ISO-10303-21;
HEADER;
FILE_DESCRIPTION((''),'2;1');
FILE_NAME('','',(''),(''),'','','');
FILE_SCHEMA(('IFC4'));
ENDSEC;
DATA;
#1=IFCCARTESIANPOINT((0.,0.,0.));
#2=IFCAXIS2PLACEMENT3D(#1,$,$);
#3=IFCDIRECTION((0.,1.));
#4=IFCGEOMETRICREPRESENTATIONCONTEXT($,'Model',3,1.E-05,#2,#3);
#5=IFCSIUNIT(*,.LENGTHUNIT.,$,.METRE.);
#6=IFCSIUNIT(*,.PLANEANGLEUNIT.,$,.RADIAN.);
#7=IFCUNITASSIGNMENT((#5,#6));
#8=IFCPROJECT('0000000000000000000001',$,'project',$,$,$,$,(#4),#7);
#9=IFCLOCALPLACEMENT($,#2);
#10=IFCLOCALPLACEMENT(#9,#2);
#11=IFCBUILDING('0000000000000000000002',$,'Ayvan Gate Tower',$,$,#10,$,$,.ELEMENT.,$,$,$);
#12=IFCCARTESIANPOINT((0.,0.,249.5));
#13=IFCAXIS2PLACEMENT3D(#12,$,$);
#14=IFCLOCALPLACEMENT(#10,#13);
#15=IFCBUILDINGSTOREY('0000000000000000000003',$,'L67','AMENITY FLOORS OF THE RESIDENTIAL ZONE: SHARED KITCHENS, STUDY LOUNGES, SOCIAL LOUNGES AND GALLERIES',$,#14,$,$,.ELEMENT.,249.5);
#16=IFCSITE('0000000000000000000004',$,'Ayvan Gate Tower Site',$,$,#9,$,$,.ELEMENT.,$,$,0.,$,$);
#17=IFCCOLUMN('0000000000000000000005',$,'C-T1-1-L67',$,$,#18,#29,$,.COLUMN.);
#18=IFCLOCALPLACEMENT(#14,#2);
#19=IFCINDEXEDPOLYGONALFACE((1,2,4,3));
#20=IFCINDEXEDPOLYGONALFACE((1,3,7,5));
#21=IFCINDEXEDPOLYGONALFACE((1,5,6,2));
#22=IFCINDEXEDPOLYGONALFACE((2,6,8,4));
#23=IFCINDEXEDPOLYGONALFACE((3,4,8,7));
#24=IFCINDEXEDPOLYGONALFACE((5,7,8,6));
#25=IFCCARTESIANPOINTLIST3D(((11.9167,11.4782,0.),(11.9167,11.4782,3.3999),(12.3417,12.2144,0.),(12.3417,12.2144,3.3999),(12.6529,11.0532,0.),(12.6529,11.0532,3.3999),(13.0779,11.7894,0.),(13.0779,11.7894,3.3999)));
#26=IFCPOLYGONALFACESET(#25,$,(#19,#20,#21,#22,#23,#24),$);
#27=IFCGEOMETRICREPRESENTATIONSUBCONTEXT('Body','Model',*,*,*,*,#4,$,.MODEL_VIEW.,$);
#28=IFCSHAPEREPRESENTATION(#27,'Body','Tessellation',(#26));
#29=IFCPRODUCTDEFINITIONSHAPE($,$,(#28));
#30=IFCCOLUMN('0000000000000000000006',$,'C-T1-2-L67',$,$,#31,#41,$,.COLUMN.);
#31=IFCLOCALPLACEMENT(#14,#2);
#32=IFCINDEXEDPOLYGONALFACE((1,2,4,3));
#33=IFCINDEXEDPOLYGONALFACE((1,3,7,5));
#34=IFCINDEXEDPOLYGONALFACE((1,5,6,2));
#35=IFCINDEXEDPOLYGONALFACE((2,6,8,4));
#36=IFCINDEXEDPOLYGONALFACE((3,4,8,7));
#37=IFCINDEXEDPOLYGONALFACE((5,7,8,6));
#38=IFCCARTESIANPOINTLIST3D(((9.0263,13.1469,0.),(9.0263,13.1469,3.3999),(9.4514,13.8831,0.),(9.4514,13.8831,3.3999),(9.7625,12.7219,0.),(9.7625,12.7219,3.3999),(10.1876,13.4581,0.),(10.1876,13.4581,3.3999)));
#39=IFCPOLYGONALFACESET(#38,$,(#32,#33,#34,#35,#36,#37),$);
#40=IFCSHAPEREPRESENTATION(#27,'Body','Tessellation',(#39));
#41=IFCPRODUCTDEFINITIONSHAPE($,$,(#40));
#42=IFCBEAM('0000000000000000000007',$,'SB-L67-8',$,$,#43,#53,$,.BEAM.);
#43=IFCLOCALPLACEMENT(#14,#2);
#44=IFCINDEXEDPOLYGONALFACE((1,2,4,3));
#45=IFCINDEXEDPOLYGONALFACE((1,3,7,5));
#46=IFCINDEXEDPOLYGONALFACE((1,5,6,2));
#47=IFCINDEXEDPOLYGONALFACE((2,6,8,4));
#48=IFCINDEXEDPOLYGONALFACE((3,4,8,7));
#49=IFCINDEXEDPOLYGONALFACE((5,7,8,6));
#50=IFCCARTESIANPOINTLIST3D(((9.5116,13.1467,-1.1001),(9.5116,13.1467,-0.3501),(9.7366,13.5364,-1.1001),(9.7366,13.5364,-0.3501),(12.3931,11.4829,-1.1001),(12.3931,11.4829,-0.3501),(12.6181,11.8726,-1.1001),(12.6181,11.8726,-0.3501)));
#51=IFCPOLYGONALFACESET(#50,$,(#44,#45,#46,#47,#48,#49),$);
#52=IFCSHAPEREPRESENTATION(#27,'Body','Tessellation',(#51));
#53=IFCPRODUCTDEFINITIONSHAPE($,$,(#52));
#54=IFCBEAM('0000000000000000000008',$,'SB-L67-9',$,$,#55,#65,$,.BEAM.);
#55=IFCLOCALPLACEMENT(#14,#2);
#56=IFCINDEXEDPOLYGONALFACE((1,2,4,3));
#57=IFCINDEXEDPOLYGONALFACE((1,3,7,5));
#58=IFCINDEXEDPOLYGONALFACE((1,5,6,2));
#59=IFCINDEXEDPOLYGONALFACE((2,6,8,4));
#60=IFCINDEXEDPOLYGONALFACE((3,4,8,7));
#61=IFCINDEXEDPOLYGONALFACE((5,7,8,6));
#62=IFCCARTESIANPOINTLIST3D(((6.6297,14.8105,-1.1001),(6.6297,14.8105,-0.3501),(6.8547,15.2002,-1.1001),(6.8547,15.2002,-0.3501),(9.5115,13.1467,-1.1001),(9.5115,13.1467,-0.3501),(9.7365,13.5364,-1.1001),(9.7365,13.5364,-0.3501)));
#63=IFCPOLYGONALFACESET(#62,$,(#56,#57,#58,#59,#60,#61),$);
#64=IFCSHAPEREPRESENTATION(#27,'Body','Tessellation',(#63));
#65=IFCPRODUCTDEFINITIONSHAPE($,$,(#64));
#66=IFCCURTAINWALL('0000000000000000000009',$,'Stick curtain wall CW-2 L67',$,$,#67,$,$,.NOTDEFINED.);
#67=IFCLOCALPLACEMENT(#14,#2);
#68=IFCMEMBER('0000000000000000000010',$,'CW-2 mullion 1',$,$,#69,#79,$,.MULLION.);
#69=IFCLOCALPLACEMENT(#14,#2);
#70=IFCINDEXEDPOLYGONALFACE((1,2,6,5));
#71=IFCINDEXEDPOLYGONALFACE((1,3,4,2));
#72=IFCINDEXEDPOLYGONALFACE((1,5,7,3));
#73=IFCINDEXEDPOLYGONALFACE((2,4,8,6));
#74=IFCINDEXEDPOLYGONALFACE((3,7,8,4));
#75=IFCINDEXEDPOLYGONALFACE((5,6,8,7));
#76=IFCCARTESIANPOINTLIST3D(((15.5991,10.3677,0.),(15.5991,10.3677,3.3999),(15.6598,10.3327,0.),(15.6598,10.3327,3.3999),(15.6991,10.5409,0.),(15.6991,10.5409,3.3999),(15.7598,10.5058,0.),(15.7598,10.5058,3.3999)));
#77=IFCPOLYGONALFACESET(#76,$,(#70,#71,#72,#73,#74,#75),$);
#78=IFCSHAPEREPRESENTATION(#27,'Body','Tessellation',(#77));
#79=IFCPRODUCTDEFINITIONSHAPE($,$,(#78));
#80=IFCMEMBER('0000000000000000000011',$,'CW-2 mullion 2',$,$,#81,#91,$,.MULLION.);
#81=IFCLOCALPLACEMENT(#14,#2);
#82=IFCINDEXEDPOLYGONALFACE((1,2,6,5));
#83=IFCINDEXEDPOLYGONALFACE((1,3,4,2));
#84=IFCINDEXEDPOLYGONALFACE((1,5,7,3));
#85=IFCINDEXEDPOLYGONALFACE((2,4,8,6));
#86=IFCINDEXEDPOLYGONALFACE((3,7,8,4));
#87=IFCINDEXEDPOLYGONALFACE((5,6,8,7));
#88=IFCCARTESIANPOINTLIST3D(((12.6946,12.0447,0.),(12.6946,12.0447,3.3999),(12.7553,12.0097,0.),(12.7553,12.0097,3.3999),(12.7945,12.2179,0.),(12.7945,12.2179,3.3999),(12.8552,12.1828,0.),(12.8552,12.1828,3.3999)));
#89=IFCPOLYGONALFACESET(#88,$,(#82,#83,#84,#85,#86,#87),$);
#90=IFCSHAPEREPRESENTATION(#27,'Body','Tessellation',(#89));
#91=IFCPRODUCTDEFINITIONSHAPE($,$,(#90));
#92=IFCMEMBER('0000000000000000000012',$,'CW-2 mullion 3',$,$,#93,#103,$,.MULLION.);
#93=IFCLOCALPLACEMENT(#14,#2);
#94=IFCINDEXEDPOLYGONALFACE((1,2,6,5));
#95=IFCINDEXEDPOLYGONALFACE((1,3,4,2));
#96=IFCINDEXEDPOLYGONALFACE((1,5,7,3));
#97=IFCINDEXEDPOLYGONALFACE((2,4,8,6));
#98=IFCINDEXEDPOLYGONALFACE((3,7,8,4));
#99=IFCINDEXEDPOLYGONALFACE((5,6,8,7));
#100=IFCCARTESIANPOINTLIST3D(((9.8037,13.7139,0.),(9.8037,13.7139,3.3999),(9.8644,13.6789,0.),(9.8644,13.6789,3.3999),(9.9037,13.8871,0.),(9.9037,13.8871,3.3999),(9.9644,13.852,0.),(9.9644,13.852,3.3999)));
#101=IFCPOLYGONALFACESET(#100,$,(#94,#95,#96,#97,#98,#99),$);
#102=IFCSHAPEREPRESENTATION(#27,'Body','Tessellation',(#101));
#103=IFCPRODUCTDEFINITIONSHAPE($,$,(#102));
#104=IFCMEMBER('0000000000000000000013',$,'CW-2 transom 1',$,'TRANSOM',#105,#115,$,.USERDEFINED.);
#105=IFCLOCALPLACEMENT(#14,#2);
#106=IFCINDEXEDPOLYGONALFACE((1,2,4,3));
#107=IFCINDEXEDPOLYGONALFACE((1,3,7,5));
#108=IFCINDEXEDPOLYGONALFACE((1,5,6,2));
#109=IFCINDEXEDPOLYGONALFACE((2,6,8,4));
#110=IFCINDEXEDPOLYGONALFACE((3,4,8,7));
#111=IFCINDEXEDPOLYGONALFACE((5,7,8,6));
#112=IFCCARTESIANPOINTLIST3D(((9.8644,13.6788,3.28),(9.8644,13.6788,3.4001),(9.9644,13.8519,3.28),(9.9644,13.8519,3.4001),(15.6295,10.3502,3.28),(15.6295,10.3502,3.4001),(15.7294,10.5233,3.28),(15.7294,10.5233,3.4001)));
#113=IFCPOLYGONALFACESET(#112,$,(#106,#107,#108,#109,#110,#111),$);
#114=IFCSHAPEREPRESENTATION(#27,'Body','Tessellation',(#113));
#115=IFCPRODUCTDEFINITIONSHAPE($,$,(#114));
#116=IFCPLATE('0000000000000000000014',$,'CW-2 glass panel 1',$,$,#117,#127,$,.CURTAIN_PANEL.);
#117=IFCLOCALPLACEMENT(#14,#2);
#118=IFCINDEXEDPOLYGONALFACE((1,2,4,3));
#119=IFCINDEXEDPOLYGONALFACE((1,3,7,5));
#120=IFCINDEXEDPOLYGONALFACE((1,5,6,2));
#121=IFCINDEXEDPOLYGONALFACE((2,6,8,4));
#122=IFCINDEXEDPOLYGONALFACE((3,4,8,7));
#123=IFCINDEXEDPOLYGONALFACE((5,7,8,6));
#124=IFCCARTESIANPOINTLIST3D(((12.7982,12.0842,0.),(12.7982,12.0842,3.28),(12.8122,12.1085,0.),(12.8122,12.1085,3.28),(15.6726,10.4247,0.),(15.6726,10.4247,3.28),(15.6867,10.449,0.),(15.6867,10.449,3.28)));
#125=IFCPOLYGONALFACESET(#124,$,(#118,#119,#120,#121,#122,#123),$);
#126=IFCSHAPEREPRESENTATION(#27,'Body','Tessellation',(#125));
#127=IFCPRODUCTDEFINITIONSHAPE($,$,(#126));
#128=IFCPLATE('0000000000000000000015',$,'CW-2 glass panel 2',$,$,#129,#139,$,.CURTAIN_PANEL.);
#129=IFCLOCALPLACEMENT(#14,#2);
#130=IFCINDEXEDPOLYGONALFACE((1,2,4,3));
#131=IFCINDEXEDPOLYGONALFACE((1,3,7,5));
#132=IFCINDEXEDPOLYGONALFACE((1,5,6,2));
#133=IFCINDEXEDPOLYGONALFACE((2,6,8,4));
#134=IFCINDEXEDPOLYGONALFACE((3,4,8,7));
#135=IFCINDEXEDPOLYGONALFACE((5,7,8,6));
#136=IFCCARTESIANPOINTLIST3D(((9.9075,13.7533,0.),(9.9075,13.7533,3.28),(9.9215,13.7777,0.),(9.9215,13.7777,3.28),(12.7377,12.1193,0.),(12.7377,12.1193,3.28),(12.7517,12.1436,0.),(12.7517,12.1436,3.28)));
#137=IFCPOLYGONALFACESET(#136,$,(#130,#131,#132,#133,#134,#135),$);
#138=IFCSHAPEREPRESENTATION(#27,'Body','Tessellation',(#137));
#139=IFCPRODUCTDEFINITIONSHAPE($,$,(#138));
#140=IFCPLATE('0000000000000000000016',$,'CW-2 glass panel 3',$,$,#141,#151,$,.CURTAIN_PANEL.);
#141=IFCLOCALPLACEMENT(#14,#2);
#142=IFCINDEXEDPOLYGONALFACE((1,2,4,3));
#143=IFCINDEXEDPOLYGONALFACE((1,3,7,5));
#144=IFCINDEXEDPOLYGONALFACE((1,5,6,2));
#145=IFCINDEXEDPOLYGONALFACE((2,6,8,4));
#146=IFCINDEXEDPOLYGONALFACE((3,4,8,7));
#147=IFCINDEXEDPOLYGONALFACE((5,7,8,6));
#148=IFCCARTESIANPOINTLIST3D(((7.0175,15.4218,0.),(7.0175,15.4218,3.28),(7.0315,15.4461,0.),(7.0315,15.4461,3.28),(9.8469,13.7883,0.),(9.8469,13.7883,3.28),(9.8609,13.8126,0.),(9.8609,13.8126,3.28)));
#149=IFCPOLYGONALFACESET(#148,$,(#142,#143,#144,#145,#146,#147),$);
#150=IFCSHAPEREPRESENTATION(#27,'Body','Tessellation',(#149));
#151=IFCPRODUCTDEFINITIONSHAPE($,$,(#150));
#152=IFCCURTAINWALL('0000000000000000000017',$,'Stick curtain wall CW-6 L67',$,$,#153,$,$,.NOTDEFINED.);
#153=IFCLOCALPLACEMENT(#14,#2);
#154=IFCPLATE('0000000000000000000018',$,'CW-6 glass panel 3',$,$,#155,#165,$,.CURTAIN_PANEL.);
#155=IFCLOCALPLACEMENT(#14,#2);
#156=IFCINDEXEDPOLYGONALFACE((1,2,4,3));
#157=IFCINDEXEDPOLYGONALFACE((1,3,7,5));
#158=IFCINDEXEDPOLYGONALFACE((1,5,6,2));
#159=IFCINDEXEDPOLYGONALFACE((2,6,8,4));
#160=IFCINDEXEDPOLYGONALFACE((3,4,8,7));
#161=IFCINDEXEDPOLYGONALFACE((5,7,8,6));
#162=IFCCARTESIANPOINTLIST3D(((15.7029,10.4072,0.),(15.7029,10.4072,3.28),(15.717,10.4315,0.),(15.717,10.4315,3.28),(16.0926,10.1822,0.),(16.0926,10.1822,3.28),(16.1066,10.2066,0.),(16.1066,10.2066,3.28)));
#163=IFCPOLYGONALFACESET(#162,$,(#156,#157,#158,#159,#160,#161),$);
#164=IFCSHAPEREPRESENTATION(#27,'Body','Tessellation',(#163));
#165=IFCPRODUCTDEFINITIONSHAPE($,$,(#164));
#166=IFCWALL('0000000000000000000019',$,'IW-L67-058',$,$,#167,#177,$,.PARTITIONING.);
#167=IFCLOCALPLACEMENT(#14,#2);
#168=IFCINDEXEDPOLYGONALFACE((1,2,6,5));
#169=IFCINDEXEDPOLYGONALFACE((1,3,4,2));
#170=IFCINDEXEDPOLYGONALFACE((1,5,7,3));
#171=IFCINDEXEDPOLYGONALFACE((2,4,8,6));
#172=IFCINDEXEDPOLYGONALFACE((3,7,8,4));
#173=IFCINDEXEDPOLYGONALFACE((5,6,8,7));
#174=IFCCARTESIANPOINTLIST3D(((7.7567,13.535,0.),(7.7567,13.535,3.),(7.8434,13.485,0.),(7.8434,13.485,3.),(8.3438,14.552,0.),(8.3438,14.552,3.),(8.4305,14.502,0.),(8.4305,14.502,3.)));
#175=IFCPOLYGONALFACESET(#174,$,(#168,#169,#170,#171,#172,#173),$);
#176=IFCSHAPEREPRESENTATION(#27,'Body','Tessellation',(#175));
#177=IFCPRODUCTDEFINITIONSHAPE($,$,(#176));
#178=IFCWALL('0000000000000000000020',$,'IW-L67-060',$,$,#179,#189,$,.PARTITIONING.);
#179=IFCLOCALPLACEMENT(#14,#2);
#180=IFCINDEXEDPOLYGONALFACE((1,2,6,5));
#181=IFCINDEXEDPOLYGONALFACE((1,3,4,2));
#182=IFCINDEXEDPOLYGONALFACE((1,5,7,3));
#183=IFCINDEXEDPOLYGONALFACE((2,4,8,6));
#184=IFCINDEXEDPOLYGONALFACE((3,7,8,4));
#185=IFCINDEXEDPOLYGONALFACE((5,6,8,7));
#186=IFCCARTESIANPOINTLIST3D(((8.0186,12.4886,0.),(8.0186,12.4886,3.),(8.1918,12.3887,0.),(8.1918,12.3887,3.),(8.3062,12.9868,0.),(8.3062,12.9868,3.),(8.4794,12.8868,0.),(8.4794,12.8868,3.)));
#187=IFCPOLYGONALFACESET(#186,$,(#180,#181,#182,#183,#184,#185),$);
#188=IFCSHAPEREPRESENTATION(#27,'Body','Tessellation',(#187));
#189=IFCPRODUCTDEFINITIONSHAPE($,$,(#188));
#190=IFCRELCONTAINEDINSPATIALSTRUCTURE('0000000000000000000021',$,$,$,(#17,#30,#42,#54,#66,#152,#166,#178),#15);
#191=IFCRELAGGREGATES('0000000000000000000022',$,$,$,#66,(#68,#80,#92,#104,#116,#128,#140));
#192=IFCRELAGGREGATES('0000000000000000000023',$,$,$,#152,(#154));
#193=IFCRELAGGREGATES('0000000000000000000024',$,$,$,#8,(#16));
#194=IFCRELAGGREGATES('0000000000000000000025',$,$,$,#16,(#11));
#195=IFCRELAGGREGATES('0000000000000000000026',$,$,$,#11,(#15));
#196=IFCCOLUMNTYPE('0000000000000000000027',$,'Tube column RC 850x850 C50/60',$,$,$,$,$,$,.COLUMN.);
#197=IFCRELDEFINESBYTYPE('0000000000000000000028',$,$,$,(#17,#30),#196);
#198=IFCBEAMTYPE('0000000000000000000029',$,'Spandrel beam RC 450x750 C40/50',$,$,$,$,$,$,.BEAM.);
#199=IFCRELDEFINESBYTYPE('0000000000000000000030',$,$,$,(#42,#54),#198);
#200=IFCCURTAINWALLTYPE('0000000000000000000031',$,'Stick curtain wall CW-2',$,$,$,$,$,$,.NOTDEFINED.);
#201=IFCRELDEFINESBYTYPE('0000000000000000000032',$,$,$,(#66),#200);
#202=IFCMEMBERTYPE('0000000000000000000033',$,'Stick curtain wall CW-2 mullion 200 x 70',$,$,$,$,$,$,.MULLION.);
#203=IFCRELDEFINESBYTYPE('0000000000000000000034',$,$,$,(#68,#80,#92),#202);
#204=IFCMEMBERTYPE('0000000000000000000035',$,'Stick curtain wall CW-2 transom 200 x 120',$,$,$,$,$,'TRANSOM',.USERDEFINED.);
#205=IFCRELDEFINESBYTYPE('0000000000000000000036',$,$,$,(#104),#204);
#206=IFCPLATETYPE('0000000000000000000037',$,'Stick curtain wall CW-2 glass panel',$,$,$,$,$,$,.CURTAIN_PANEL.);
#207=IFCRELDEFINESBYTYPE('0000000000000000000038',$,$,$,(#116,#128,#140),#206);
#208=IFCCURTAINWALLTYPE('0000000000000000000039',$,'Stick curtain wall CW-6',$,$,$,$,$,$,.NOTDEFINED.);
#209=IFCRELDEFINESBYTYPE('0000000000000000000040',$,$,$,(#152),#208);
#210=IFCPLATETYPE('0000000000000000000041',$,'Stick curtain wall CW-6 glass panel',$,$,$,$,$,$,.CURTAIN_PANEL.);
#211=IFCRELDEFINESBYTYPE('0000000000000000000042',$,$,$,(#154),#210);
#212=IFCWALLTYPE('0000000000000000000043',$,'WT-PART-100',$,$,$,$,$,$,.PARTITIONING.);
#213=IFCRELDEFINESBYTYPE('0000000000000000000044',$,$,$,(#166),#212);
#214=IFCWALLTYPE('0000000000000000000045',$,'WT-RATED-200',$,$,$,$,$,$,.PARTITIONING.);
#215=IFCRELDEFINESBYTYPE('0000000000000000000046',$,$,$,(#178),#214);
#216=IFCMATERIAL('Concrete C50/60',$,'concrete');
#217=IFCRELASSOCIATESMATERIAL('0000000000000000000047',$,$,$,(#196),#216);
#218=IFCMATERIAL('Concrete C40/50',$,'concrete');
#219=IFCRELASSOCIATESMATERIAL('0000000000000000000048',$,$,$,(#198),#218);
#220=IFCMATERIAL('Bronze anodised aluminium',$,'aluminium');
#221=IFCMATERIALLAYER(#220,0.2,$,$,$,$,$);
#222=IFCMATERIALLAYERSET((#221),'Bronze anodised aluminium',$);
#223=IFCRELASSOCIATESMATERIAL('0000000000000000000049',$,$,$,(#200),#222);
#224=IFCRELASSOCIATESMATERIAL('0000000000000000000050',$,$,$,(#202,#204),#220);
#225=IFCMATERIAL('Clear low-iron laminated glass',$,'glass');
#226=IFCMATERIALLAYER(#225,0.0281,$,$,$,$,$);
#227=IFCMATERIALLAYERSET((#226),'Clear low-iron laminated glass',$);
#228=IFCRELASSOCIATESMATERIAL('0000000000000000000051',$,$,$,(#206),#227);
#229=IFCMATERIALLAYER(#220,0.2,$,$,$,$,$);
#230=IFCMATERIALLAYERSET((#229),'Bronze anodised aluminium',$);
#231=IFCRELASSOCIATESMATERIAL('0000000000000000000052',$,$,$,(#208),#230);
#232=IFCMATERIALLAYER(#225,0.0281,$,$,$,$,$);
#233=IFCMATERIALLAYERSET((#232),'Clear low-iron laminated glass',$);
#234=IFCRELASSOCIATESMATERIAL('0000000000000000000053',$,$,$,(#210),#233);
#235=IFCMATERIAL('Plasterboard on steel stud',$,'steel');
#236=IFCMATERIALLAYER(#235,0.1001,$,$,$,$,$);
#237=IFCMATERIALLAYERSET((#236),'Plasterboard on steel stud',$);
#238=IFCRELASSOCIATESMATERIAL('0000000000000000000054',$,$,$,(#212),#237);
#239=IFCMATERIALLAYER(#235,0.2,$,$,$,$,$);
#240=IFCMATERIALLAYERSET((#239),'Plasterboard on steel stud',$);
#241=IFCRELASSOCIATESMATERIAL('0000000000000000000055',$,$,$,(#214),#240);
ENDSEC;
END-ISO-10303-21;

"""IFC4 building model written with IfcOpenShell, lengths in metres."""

from ifc_helpers import new_model, si_unit, direction, frame, frame_2d, origin, origin_2d, place, context, subcontext, project, spatial, rectangle, extrude, material, layer, layer_set, material_profile, profile_set, type_object, element, aggregate, save


model = new_model("IFC4")

# Units and contexts
model_context = context("Model", 3, precision=1e-05, world=origin(), true_north=direction((0.0, 1.0)))
body_context = subcontext(model_context, "Body", "Model", "MODEL_VIEW")
ifc_project = project(units=[si_unit("LENGTHUNIT", "METRE"), si_unit("PLANEANGLEUNIT", "RADIAN")], contexts=[model_context])

# Site, building, storey
site_placement = place(None, origin())
site = spatial("IfcSite", under=ifc_project, at=site_placement, Name="Ayvan Gate Tower Site", CompositionType="ELEMENT", RefElevation=0.0)
building_placement = place(site_placement, origin())
building = spatial("IfcBuilding", under=site, at=building_placement, Name="Ayvan Gate Tower", CompositionType="ELEMENT")
storey_placement = place(building_placement, frame((0.0, 0.0, 249.5)))
storey = spatial("IfcBuildingStorey", under=building, at=storey_placement, Name="L67", Description="AMENITY FLOORS OF THE RESIDENTIAL ZONE: SHARED KITCHENS, STUDY LOUNGES, SOCIAL LOUNGES AND GALLERIES", CompositionType="ELEMENT", Elevation=249.5)

# Columns
ifc_material_1 = material(Name="Concrete C50/60", Category="concrete")
ifc_material_profile_1 = material_profile(ifc_material_1, rectangle(XDim=0.8501, YDim=0.8501, at=origin_2d()), Name="RC 850x850")
ifc_profile_set_1 = profile_set([ifc_material_profile_1], Name="Concrete C50/60")
column_type = type_object("IfcColumnType", Name="Tube column RC 850x850 C50/60", PredefinedType="COLUMN", material=ifc_profile_set_1)
for number, where, z_axis, x_axis, name in (
    (1, (12.4973, 11.6338, 0.0), (0.0, 0.0, 1.0), (0.5, 0.866025, 0.0), "C-T1-1-L67"),
    (2, (9.6069, 13.3025, 0.0), (0.0, 0.0, 1.0), (0.5, 0.866025, 0.0), "C-T1-2-L67"),
):
    element("IfcColumn", number, at=place(storey_placement, frame(where, z_axis=z_axis, x_axis=x_axis)), inside=storey, type_object=column_type, Name=name, PredefinedType="COLUMN", context=body_context, shape_type="SweptSolid", body=[
        extrude(rectangle(XDim=0.8501, YDim=0.8501, at=origin_2d()), origin(), (0.0, 0.0, 1.0), 3.3999),
    ])

# Beams
ifc_material_2 = material(Name="Concrete C40/50", Category="concrete")
ifc_material_profile_2 = material_profile(ifc_material_2, rectangle(XDim=0.45, YDim=0.75, at=origin_2d()), Name="RC 450x750")
ifc_profile_set_2 = profile_set([ifc_material_profile_2], Name="Concrete C40/50")
beam_type = type_object("IfcBeamType", Name="Spandrel beam RC 450x750 C40/50", PredefinedType="BEAM", material=ifc_profile_set_2)
beam_1_placement = place(storey_placement, frame((12.5056, 11.6777, -0.7251), z_axis=(-0.866008, 0.500029, 0.0), x_axis=(-0.500029, -0.866008, 0.0)))
element("IfcBeam", 3, at=beam_1_placement, inside=storey, type_object=beam_type, Name="SB-L67-8", PredefinedType="BEAM", context=body_context, shape_type="SweptSolid", body=[
    extrude(rectangle(XDim=0.45, YDim=0.75, at=origin_2d()), origin(), (0.0, 0.0, 1.0), 3.3274),
])
beam_2_placement = place(storey_placement, frame((9.624, 13.3416, -0.7251), z_axis=(-0.866027, 0.499998, 0.0), x_axis=(-0.499998, -0.866027, 0.0)))
element("IfcBeam", 4, at=beam_2_placement, inside=storey, type_object=beam_type, Name="SB-L67-9", PredefinedType="BEAM", context=body_context, shape_type="SweptSolid", body=[
    extrude(rectangle(XDim=0.45, YDim=0.75, at=origin_2d()), origin(), (0.0, 0.0, 1.0), 3.3276),
])

# Curtain wall, members, plates
ifc_material_3 = material(Name="Bronze anodised aluminium", Category="aluminium")
ifc_layer_1 = layer(ifc_material_3, 0.2)
ifc_layer_set_1 = layer_set([ifc_layer_1], Name="Bronze anodised aluminium")
curtain_wall_type_1 = type_object("IfcCurtainWallType", Name="Stick curtain wall CW-2", PredefinedType="NOTDEFINED", material=ifc_layer_set_1)
curtain_wall_1_placement = place(storey_placement, origin())
curtain_wall_1 = element("IfcCurtainWall", 5, at=curtain_wall_1_placement, inside=storey, type_object=curtain_wall_type_1, Name="Stick curtain wall CW-2 L67", PredefinedType="NOTDEFINED")
ifc_material_profile_3 = material_profile(ifc_material_3, rectangle(XDim=0.2, YDim=0.0701, at=origin_2d()), Name="Stick curtain wall CW-2 mullion 200 x 70")
ifc_profile_set_3 = profile_set([ifc_material_profile_3], Name="Bronze anodised aluminium")
member_type_1 = type_object("IfcMemberType", Name="Stick curtain wall CW-2 mullion 200 x 70", PredefinedType="MULLION", material=ifc_profile_set_3)
member_1_placement = place(storey_placement, frame((15.6794, 10.4368, 0.0), z_axis=(0.0, 0.0, 1.0), x_axis=(0.5, 0.866025, 0.0)))
member_1 = element("IfcMember", 6, at=member_1_placement, type_object=member_type_1, Name="CW-2 mullion 1", PredefinedType="MULLION", context=body_context, shape_type="SweptSolid", body=[
    extrude(rectangle(XDim=0.2, YDim=0.0701, at=origin_2d()), origin(), (0.0, 0.0, 1.0), 3.3999),
])
member_2_placement = place(storey_placement, frame((12.7749, 12.1138, 0.0), z_axis=(0.0, 0.0, 1.0), x_axis=(0.5, 0.866025, 0.0)))
member_2 = element("IfcMember", 7, at=member_2_placement, type_object=member_type_1, Name="CW-2 mullion 2", PredefinedType="MULLION", context=body_context, shape_type="SweptSolid", body=[
    extrude(rectangle(XDim=0.2, YDim=0.0701, at=origin_2d()), origin(), (0.0, 0.0, 1.0), 3.3999),
])
member_3_placement = place(storey_placement, frame((9.884, 13.783, 0.0), z_axis=(0.0, 0.0, 1.0), x_axis=(0.5, 0.866025, 0.0)))
member_3 = element("IfcMember", 8, at=member_3_placement, type_object=member_type_1, Name="CW-2 mullion 3", PredefinedType="MULLION", context=body_context, shape_type="SweptSolid", body=[
    extrude(rectangle(XDim=0.2, YDim=0.0701, at=origin_2d()), origin(), (0.0, 0.0, 1.0), 3.3999),
])
ifc_material_profile_4 = material_profile(ifc_material_3, rectangle(XDim=0.2, YDim=0.1201, at=origin_2d()), Name="Stick curtain wall CW-2 transom 200 x 120")
ifc_profile_set_4 = profile_set([ifc_material_profile_4], Name="Bronze anodised aluminium")
member_type_2 = type_object("IfcMemberType", Name="Stick curtain wall CW-2 transom 200 x 120", ElementType="TRANSOM", PredefinedType="USERDEFINED", material=ifc_profile_set_4)
member_4_placement = place(storey_placement, frame((15.6794, 10.4368, 3.3401), z_axis=(-0.866018, 0.500012, 0.0), x_axis=(-0.500012, -0.866018, 0.0)))
member_4 = element("IfcMember", 9, at=member_4_placement, type_object=member_type_2, Name="CW-2 transom 1", ObjectType="TRANSOM", PredefinedType="USERDEFINED", context=body_context, shape_type="SweptSolid", body=[
    extrude(rectangle(XDim=0.2, YDim=0.1201, at=origin_2d()), origin(), (0.0, 0.0, 1.0), 6.657),
])
ifc_material_4 = material(Name="Clear low-iron laminated glass", Category="glass")
ifc_layer_2 = layer(ifc_material_4, 0.0281)
ifc_layer_set_2 = layer_set([ifc_layer_2], Name="Clear low-iron laminated glass")
plate_type_1 = type_object("IfcPlateType", Name="Stick curtain wall CW-2 glass panel", PredefinedType="CURTAIN_PANEL", material=ifc_layer_set_2)
plate_1_placement = place(storey_placement, frame((14.2424, 11.2666, 0.0), z_axis=(0.0, 0.0, 1.0), x_axis=(-0.866025, 0.5, 0.0)))
plate_1 = element("IfcPlate", 10, at=plate_1_placement, type_object=plate_type_1, Name="CW-2 glass panel 1", PredefinedType="CURTAIN_PANEL", context=body_context, shape_type="SweptSolid", body=[
    extrude(rectangle(XDim=3.3191, YDim=0.0281, at=origin_2d()), origin(), (0.0, 0.0, 1.0), 3.28),
])
plate_2_placement = place(storey_placement, frame((11.3296, 12.9485, 0.0), z_axis=(0.0, 0.0, 1.0), x_axis=(-0.866025, 0.5, 0.0)))
plate_2 = element("IfcPlate", 11, at=plate_2_placement, type_object=plate_type_1, Name="CW-2 glass panel 2", PredefinedType="CURTAIN_PANEL", context=body_context, shape_type="SweptSolid", body=[
    extrude(rectangle(XDim=3.2681, YDim=0.0281, at=origin_2d()), origin(), (0.0, 0.0, 1.0), 3.28),
])
plate_3_placement = place(storey_placement, frame((8.4392, 14.6172, 0.0), z_axis=(0.0, 0.0, 1.0), x_axis=(-0.866025, 0.5, 0.0)))
plate_3 = element("IfcPlate", 12, at=plate_3_placement, type_object=plate_type_1, Name="CW-2 glass panel 3", PredefinedType="CURTAIN_PANEL", context=body_context, shape_type="SweptSolid", body=[
    extrude(rectangle(XDim=3.2671, YDim=0.0281, at=origin_2d()), origin(), (0.0, 0.0, 1.0), 3.28),
])
aggregate(curtain_wall_1, [member_1, member_2, member_3, member_4, plate_1, plate_2, plate_3])

# Curtain wall, plate
ifc_layer_3 = layer(ifc_material_3, 0.2)
ifc_layer_set_3 = layer_set([ifc_layer_3], Name="Bronze anodised aluminium")
curtain_wall_type_2 = type_object("IfcCurtainWallType", Name="Stick curtain wall CW-6", PredefinedType="NOTDEFINED", material=ifc_layer_set_3)
curtain_wall_2_placement = place(storey_placement, origin())
curtain_wall_2 = element("IfcCurtainWall", 13, at=curtain_wall_2_placement, inside=storey, type_object=curtain_wall_type_2, Name="Stick curtain wall CW-6 L67", PredefinedType="NOTDEFINED")
ifc_layer_4 = layer(ifc_material_4, 0.0281)
ifc_layer_set_4 = layer_set([ifc_layer_4], Name="Clear low-iron laminated glass")
plate_type_2 = type_object("IfcPlateType", Name="Stick curtain wall CW-6 glass panel", PredefinedType="CURTAIN_PANEL", material=ifc_layer_set_4)
plate_4_placement = place(storey_placement, frame((15.9048, 10.3069, 0.0), z_axis=(0.0, 0.0, 1.0), x_axis=(-0.866025, 0.5, 0.0)))
plate_4 = element("IfcPlate", 14, at=plate_4_placement, type_object=plate_type_2, Name="CW-6 glass panel 3", PredefinedType="CURTAIN_PANEL", context=body_context, shape_type="SweptSolid", body=[
    extrude(rectangle(XDim=0.45, YDim=0.0281, at=origin_2d()), origin(), (0.0, 0.0, 1.0), 3.28),
])
aggregate(curtain_wall_2, [plate_4])

# Walls
ifc_material_5 = material(Name="Plasterboard on steel stud", Category="steel")
ifc_layer_5 = layer(ifc_material_5, 0.1001)
ifc_layer_set_5 = layer_set([ifc_layer_5], Name="Plasterboard on steel stud")
wall_type_1 = type_object("IfcWallType", Name="WT-PART-100", PredefinedType="PARTITIONING", material=ifc_layer_set_5)
wall_1_placement = place(storey_placement, frame((7.8, 13.51, 0.0), z_axis=(0.0, 0.0, 1.0), x_axis=(0.499962, 0.866047, 0.0)))
element("IfcWall", 15, at=wall_1_placement, inside=storey, type_object=wall_type_1, Name="IW-L67-058", PredefinedType="PARTITIONING", context=body_context, shape_type="SweptSolid", body=[
    extrude(rectangle(XDim=1.1743, YDim=0.1001, at=frame_2d((0.5872, 0.0))), origin(), (0.0, 0.0, 1.0), 3.0),
])
ifc_layer_6 = layer(ifc_material_5, 0.2)
ifc_layer_set_6 = layer_set([ifc_layer_6], Name="Plasterboard on steel stud")
wall_type_2 = type_object("IfcWallType", Name="WT-RATED-200", PredefinedType="PARTITIONING", material=ifc_layer_set_6)
wall_2_placement = place(storey_placement, frame((8.3928, 12.9368, 0.0), z_axis=(0.0, 0.0, 1.0), x_axis=(-0.500065, -0.865988, 0.0)))
element("IfcWall", 16, at=wall_2_placement, inside=storey, type_object=wall_type_2, Name="IW-L67-060", PredefinedType="PARTITIONING", context=body_context, shape_type="SweptSolid", body=[
    extrude(rectangle(XDim=0.5752, YDim=0.2, at=frame_2d((0.2876, 0.0))), origin(), (0.0, 0.0, 1.0), 3.0),
])

save(model, "model.ifc")
